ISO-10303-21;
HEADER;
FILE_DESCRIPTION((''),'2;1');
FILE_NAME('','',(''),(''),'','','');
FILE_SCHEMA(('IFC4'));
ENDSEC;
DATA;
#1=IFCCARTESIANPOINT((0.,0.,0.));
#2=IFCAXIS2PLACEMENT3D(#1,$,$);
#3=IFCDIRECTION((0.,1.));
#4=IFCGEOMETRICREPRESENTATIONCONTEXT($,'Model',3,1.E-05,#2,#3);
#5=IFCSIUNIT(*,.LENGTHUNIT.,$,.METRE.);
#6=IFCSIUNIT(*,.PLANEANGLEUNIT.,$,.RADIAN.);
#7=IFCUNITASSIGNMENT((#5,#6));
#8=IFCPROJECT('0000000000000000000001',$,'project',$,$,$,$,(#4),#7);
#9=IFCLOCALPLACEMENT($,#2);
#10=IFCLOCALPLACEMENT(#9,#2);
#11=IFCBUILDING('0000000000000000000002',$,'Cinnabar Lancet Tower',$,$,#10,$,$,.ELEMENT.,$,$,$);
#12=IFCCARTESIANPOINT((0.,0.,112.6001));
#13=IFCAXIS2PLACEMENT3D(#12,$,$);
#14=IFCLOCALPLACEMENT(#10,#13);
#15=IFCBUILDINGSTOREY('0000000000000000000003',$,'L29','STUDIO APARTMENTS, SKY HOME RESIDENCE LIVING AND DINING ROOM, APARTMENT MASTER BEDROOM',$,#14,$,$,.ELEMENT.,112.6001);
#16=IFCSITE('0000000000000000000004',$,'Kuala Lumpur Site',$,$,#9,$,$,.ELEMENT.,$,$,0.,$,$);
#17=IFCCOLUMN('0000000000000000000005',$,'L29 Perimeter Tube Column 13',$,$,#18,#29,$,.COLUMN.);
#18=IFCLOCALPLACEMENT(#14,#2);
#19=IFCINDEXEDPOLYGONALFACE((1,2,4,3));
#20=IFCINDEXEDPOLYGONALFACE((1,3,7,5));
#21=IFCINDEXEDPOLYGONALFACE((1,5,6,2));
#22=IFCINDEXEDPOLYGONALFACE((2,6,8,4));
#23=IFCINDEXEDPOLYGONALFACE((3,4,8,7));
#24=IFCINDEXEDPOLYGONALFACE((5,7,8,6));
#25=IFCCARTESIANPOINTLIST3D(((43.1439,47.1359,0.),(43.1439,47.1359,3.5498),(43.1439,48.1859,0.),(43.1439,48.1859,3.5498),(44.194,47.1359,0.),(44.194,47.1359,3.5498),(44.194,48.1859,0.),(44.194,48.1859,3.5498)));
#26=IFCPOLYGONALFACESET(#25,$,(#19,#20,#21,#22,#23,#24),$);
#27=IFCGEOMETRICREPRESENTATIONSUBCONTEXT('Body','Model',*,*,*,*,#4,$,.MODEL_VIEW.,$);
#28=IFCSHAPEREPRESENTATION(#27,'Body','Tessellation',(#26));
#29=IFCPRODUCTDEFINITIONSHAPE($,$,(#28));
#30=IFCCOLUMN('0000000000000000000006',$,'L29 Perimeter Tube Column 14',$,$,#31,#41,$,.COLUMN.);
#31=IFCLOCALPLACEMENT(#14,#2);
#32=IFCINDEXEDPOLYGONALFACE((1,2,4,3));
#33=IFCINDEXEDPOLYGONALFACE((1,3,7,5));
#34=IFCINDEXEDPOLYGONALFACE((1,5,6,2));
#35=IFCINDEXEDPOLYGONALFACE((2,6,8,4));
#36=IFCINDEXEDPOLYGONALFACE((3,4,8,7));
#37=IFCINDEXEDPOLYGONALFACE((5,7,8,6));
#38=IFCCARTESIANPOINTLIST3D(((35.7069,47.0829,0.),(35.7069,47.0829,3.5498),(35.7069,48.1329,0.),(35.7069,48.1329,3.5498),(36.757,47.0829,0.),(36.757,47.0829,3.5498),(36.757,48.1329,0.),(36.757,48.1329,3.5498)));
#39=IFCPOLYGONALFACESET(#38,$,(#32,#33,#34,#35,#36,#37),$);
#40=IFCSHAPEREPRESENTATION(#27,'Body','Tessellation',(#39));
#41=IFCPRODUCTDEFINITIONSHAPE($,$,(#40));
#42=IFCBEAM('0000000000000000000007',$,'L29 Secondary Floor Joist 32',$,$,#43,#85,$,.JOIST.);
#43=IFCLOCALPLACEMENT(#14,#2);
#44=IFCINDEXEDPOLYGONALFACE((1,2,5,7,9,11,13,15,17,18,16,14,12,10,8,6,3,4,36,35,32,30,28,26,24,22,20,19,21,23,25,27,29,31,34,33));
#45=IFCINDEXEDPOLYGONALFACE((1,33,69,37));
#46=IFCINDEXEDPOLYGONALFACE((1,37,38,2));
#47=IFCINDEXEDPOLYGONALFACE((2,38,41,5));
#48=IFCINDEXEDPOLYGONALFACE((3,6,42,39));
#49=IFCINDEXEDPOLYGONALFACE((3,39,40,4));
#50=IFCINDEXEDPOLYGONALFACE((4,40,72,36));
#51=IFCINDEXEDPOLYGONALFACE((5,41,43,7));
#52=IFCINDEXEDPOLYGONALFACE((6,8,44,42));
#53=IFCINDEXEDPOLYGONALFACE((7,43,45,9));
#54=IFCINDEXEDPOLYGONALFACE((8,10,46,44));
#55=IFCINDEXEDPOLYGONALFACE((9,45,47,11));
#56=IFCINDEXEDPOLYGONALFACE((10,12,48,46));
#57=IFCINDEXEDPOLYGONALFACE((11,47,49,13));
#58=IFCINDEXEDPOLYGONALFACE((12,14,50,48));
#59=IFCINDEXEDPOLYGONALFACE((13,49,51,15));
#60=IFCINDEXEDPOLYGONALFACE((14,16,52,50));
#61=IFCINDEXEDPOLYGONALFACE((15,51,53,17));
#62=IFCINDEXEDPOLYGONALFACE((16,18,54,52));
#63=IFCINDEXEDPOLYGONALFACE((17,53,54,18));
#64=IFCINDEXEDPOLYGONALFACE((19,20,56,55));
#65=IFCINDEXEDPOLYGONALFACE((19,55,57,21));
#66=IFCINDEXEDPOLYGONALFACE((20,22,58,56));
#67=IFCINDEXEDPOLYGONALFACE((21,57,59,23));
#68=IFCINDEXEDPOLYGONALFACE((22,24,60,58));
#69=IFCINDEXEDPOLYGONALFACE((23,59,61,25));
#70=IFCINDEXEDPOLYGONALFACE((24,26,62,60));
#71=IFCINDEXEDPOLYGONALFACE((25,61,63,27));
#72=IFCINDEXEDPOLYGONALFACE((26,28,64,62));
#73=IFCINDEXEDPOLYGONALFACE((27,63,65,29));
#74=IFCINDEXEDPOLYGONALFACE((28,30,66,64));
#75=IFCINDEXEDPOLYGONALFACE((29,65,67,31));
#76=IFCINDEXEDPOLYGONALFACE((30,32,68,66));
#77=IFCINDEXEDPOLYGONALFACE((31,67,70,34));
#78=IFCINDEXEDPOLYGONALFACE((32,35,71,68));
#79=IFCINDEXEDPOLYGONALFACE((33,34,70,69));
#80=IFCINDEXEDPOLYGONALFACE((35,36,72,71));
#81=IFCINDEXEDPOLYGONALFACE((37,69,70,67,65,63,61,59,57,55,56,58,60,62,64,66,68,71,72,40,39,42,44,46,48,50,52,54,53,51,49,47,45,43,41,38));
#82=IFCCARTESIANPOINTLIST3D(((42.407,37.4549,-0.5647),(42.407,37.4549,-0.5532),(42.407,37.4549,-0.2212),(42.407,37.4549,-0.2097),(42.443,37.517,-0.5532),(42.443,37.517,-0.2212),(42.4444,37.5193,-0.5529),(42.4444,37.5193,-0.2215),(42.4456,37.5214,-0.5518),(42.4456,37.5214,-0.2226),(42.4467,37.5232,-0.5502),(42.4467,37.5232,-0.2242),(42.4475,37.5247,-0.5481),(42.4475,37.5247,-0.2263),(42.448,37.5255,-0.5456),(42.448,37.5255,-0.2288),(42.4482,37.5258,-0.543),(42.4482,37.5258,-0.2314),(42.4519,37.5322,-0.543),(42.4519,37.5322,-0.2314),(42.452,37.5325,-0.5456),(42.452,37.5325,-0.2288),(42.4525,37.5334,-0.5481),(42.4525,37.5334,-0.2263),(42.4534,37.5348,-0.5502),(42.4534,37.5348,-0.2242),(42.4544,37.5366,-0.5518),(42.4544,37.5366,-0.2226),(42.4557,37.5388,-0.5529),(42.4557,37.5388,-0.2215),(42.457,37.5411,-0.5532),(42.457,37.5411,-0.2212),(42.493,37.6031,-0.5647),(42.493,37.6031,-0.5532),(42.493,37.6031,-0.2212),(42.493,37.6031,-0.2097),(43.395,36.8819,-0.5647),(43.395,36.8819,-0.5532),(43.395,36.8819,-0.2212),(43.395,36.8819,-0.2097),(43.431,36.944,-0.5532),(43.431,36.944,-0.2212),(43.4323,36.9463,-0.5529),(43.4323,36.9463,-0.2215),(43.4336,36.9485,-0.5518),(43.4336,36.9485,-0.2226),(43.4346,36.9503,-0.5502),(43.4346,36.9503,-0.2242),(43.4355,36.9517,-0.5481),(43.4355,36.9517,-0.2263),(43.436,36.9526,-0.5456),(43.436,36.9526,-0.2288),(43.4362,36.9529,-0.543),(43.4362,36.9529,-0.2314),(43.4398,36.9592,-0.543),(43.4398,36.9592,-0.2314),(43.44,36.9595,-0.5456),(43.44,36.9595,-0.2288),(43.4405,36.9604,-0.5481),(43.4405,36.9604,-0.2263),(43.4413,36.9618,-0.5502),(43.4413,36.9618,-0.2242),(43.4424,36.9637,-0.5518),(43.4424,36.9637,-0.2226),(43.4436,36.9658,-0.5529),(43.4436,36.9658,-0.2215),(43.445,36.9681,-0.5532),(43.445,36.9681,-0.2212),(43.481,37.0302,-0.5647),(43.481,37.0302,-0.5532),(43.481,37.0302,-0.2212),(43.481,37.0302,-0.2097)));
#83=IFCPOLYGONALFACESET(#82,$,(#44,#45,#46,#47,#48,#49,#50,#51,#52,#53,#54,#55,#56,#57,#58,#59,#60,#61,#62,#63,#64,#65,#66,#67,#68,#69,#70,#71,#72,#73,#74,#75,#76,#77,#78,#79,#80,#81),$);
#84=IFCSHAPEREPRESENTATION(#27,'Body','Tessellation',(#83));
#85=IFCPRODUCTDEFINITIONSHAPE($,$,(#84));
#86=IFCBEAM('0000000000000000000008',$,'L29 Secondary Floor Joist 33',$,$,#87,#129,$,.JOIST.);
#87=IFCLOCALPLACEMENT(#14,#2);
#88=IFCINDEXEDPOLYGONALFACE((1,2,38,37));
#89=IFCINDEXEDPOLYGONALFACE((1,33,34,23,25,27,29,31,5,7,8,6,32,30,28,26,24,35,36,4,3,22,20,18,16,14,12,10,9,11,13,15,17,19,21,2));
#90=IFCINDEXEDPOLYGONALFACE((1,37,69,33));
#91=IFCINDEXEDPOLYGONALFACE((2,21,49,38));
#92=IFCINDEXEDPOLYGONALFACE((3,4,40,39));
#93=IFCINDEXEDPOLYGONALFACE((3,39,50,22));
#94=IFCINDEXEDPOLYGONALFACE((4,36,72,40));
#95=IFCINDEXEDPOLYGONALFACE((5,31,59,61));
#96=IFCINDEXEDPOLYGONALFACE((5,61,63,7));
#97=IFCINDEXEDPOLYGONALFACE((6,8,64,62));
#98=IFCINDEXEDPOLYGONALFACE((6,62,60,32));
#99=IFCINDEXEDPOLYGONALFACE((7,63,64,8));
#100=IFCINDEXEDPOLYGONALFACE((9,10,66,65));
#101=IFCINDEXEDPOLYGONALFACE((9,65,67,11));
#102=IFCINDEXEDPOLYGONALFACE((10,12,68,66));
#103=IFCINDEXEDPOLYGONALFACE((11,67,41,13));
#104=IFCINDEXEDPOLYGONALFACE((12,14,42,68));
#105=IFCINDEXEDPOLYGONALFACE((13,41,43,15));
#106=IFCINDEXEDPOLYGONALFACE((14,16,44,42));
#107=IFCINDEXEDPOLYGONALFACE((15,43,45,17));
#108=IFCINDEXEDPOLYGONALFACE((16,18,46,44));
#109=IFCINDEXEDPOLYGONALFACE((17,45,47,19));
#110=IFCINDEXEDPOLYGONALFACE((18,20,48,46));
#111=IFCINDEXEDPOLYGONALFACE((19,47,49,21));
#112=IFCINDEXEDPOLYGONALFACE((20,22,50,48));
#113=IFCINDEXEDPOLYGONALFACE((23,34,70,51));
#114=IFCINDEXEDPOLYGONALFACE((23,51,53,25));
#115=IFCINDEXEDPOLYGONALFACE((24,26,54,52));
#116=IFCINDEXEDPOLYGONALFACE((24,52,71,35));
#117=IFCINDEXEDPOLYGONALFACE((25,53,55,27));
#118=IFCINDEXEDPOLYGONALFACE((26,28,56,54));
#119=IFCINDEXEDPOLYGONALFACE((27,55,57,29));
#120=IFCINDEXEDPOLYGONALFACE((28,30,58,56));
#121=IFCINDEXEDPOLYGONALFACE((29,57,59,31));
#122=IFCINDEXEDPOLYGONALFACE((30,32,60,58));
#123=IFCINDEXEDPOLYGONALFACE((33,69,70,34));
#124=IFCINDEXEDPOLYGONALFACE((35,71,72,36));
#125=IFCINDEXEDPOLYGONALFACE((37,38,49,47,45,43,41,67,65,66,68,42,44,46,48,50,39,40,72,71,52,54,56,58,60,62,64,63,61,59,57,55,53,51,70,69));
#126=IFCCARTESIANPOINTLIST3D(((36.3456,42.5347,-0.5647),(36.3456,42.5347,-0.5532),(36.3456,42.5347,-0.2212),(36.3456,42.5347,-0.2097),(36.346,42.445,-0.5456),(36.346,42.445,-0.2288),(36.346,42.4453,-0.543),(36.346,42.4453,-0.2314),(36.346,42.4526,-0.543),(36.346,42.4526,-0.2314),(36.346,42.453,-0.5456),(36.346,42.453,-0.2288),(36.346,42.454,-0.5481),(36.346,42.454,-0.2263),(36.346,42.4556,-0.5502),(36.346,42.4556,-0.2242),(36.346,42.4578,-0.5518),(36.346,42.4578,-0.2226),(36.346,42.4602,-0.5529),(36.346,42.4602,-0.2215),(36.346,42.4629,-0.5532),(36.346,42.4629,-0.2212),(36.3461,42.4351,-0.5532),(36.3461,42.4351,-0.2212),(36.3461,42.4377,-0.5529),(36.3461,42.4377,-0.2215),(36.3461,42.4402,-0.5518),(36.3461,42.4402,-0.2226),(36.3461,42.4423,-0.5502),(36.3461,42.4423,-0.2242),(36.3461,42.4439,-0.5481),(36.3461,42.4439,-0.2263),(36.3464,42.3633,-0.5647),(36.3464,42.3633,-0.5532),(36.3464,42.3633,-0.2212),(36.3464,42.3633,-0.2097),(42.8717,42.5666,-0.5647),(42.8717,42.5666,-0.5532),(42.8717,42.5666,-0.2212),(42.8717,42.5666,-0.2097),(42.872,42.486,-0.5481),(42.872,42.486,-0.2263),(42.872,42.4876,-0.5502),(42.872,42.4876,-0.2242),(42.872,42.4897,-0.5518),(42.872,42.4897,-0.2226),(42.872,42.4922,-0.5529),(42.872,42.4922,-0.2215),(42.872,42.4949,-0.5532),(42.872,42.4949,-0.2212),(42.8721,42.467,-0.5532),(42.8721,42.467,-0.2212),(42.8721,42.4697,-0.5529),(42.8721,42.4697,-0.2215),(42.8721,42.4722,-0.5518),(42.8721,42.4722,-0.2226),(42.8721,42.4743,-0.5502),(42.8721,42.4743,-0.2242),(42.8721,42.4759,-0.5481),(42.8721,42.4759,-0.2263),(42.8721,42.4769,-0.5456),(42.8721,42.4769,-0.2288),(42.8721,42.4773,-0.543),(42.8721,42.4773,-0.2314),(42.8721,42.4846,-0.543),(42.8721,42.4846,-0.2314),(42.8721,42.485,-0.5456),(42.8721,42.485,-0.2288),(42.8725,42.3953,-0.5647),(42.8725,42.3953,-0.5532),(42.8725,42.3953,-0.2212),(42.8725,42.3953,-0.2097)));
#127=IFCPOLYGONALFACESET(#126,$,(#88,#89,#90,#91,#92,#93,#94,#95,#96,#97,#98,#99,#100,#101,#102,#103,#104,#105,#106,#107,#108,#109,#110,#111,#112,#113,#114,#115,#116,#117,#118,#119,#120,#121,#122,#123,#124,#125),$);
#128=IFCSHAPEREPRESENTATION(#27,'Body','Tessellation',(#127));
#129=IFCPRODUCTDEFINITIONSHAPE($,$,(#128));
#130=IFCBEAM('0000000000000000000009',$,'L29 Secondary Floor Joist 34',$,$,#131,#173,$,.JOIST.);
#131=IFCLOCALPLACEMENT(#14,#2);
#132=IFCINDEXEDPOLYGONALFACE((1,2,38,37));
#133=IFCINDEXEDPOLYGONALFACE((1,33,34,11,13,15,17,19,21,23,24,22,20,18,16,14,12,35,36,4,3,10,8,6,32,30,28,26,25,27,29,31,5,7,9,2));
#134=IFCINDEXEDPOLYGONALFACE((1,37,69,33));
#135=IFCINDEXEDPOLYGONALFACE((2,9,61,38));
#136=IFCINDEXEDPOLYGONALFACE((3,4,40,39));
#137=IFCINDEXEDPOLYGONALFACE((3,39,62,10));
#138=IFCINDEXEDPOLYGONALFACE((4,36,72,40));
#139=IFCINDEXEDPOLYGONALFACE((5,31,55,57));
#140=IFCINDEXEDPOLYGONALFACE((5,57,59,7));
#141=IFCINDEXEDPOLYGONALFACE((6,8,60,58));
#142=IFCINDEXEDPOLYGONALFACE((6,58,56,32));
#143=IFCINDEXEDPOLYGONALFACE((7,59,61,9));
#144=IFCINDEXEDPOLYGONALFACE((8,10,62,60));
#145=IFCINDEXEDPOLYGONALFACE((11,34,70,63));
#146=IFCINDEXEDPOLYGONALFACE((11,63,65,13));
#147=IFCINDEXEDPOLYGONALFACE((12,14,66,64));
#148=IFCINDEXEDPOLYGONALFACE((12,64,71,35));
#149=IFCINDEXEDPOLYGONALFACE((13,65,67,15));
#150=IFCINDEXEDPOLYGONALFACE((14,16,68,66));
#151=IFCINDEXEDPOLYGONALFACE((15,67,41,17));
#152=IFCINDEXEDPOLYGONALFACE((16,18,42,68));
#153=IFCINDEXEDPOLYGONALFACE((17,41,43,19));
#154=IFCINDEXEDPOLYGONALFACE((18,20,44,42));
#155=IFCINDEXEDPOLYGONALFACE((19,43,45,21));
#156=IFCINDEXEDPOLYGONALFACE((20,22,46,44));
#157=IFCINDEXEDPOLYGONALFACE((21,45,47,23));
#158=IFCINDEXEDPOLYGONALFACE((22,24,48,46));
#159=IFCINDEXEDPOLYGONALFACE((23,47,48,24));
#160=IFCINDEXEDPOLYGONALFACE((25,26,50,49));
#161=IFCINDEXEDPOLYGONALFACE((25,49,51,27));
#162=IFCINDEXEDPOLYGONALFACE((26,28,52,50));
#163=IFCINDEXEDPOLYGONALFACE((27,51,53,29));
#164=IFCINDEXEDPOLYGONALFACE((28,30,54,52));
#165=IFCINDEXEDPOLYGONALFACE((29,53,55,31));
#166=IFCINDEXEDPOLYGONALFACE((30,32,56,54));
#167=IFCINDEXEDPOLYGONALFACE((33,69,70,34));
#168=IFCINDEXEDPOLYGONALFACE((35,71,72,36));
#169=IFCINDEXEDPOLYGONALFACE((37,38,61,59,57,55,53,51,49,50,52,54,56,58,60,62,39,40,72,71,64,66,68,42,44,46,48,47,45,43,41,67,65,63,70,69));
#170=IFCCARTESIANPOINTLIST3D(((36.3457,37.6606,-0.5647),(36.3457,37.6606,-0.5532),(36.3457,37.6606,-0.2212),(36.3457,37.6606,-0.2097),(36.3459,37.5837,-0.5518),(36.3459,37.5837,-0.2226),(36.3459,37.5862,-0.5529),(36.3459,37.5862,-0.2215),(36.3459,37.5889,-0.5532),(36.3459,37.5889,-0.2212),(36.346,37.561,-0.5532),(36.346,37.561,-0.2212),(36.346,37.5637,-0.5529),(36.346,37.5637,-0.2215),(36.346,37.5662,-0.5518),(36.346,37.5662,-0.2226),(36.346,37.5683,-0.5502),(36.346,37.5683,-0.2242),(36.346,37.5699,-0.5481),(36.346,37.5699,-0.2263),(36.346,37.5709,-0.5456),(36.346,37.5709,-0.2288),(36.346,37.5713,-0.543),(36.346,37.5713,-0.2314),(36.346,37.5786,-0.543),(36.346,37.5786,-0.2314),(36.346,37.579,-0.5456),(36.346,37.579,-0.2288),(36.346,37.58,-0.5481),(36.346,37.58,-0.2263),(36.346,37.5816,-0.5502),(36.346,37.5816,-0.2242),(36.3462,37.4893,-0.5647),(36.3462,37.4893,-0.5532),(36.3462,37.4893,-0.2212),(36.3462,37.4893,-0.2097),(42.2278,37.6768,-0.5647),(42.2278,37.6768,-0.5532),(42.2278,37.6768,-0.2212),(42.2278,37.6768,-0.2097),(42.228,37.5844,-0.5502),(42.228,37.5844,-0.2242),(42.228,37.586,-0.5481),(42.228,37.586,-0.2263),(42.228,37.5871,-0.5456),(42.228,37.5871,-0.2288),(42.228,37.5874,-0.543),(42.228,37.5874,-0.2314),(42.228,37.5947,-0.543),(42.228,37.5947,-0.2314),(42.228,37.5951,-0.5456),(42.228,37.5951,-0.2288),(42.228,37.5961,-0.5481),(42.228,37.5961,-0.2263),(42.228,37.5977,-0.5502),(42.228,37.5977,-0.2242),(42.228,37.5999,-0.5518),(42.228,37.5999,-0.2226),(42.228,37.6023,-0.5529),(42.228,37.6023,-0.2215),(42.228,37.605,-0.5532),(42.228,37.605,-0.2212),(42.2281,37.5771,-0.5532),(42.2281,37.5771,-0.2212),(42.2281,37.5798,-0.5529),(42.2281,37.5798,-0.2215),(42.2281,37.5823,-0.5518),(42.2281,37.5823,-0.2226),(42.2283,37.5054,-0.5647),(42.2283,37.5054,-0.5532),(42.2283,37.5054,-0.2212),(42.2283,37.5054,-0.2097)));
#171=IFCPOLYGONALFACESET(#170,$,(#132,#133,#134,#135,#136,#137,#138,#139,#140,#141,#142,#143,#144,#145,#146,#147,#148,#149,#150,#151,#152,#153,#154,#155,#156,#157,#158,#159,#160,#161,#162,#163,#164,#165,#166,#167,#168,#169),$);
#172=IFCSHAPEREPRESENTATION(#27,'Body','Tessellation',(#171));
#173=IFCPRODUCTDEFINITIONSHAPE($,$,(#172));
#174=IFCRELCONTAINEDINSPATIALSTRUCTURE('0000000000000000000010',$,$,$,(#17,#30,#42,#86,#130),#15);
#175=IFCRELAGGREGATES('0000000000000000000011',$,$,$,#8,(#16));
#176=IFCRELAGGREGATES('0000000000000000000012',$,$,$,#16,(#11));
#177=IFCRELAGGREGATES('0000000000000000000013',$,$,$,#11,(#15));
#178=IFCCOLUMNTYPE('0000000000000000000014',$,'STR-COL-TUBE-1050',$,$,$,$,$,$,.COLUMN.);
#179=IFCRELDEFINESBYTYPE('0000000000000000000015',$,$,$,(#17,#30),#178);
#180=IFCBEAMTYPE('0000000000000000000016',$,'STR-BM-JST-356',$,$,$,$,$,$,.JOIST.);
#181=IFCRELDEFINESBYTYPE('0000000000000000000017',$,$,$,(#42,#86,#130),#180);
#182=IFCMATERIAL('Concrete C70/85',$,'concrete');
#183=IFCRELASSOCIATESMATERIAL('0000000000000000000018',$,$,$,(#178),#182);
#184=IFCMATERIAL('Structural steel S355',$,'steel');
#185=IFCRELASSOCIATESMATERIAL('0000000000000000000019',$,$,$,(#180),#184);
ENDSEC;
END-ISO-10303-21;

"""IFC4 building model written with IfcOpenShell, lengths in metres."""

from ifc_helpers import new_model, si_unit, direction, frame, origin, origin_2d, place, context, subcontext, project, spatial, rectangle, i_section, extrude, material, material_profile, profile_set, type_object, element, save


model = new_model("IFC4")

# Units and contexts
model_context = context("Model", 3, precision=1e-05, world=origin(), true_north=direction((0.0, 1.0)))
body_context = subcontext(model_context, "Body", "Model", "MODEL_VIEW")
ifc_project = project(units=[si_unit("LENGTHUNIT", "METRE"), si_unit("PLANEANGLEUNIT", "RADIAN")], contexts=[model_context])

# Site, building, storey
site_placement = place(None, origin())
site = spatial("IfcSite", under=ifc_project, at=site_placement, Name="Kuala Lumpur Site", CompositionType="ELEMENT", RefElevation=0.0)
building_placement = place(site_placement, origin())
building = spatial("IfcBuilding", under=site, at=building_placement, Name="Cinnabar Lancet Tower", CompositionType="ELEMENT")
storey_placement = place(building_placement, frame((0.0, 0.0, 112.6001)))
storey = spatial("IfcBuildingStorey", under=building, at=storey_placement, Name="L29", Description="STUDIO APARTMENTS, SKY HOME RESIDENCE LIVING AND DINING ROOM, APARTMENT MASTER BEDROOM", CompositionType="ELEMENT", Elevation=112.6001)

# Columns
ifc_material_1 = material(Name="Concrete C70/85", Category="concrete")
ifc_material_profile_1 = material_profile(ifc_material_1, rectangle(XDim=1.05, YDim=1.05, at=origin_2d()), Name="RC-COL 1050x1050")
ifc_profile_set_1 = profile_set([ifc_material_profile_1], Name="Concrete C70/85")
column_type = type_object("IfcColumnType", Name="STR-COL-TUBE-1050", PredefinedType="COLUMN", material=ifc_profile_set_1)
for number, where, z_axis, x_axis, name in (
    (1, (43.6689, 47.6609, 0.0), (0.0, 0.0, 1.0), (1.0, 0.0, 0.0), "L29 Perimeter Tube Column 13"),
    (2, (36.2319, 47.6079, 0.0), (0.0, 0.0, 1.0), (1.0, 0.0, 0.0), "L29 Perimeter Tube Column 14"),
):
    element("IfcColumn", number, at=place(storey_placement, frame(where, z_axis=z_axis, x_axis=x_axis)), inside=storey, type_object=column_type, Name=name, PredefinedType="COLUMN", context=body_context, shape_type="SweptSolid", body=[
        extrude(rectangle(XDim=1.05, YDim=1.05, at=origin_2d()), origin(), (0.0, 0.0, 1.0), 3.5498),
    ])

# Beams
ifc_material_2 = material(Name="Structural steel S355", Category="steel")
ifc_material_profile_2 = material_profile(ifc_material_2, i_section(OverallWidth=0.1714, OverallDepth=0.355, WebThickness=0.0073, FlangeThickness=0.0115, FilletRadius=0.0103, at=origin_2d()), Name="UKB 356x171x51")
ifc_profile_set_2 = profile_set([ifc_material_profile_2], Name="Structural steel S355")
beam_type_1 = type_object("IfcBeamType", Name="STR-BM-JST-356", PredefinedType="JOIST", material=ifc_profile_set_2)
beam_1_placement = place(storey_placement, frame((43.438, 36.9561, -0.3872), z_axis=(-0.865055, 0.501677, 0.0), x_axis=(-0.501677, -0.865055, 0.0)))
element("IfcBeam", 3, at=beam_1_placement, inside=storey, type_object=beam_type_1, Name="L29 Secondary Floor Joist 32", PredefinedType="JOIST", context=body_context, shape_type="SweptSolid", body=[
    extrude(i_section(OverallWidth=0.1714, OverallDepth=0.355, WebThickness=0.0073, FlangeThickness=0.0115, FilletRadius=0.0103, at=origin_2d()), origin(), (0.0, 0.0, 1.0), 1.1421),
])
beam_2_placement = place(storey_placement, frame((42.8721, 42.481, -0.3872), z_axis=(-0.999988, -0.004901, 0.0), x_axis=(0.004901, -0.999988, 0.0)))
element("IfcBeam", 4, at=beam_2_placement, inside=storey, type_object=beam_type_1, Name="L29 Secondary Floor Joist 33", PredefinedType="JOIST", context=body_context, shape_type="SweptSolid", body=[
    extrude(i_section(OverallWidth=0.1714, OverallDepth=0.355, WebThickness=0.0073, FlangeThickness=0.0115, FilletRadius=0.0103, at=origin_2d()), origin(), (0.0, 0.0, 1.0), 6.5261),
])
beam_3_placement = place(storey_placement, frame((42.228, 37.5911, -0.3872), z_axis=(-0.999996, -0.002739, 0.0), x_axis=(0.002739, -0.999996, 0.0)))
element("IfcBeam", 5, at=beam_3_placement, inside=storey, type_object=beam_type_1, Name="L29 Secondary Floor Joist 34", PredefinedType="JOIST", context=body_context, shape_type="SweptSolid", body=[
    extrude(i_section(OverallWidth=0.1714, OverallDepth=0.355, WebThickness=0.0073, FlangeThickness=0.0115, FilletRadius=0.0103, at=origin_2d()), origin(), (0.0, 0.0, 1.0), 5.8821),
])

save(model, "model.ifc")
